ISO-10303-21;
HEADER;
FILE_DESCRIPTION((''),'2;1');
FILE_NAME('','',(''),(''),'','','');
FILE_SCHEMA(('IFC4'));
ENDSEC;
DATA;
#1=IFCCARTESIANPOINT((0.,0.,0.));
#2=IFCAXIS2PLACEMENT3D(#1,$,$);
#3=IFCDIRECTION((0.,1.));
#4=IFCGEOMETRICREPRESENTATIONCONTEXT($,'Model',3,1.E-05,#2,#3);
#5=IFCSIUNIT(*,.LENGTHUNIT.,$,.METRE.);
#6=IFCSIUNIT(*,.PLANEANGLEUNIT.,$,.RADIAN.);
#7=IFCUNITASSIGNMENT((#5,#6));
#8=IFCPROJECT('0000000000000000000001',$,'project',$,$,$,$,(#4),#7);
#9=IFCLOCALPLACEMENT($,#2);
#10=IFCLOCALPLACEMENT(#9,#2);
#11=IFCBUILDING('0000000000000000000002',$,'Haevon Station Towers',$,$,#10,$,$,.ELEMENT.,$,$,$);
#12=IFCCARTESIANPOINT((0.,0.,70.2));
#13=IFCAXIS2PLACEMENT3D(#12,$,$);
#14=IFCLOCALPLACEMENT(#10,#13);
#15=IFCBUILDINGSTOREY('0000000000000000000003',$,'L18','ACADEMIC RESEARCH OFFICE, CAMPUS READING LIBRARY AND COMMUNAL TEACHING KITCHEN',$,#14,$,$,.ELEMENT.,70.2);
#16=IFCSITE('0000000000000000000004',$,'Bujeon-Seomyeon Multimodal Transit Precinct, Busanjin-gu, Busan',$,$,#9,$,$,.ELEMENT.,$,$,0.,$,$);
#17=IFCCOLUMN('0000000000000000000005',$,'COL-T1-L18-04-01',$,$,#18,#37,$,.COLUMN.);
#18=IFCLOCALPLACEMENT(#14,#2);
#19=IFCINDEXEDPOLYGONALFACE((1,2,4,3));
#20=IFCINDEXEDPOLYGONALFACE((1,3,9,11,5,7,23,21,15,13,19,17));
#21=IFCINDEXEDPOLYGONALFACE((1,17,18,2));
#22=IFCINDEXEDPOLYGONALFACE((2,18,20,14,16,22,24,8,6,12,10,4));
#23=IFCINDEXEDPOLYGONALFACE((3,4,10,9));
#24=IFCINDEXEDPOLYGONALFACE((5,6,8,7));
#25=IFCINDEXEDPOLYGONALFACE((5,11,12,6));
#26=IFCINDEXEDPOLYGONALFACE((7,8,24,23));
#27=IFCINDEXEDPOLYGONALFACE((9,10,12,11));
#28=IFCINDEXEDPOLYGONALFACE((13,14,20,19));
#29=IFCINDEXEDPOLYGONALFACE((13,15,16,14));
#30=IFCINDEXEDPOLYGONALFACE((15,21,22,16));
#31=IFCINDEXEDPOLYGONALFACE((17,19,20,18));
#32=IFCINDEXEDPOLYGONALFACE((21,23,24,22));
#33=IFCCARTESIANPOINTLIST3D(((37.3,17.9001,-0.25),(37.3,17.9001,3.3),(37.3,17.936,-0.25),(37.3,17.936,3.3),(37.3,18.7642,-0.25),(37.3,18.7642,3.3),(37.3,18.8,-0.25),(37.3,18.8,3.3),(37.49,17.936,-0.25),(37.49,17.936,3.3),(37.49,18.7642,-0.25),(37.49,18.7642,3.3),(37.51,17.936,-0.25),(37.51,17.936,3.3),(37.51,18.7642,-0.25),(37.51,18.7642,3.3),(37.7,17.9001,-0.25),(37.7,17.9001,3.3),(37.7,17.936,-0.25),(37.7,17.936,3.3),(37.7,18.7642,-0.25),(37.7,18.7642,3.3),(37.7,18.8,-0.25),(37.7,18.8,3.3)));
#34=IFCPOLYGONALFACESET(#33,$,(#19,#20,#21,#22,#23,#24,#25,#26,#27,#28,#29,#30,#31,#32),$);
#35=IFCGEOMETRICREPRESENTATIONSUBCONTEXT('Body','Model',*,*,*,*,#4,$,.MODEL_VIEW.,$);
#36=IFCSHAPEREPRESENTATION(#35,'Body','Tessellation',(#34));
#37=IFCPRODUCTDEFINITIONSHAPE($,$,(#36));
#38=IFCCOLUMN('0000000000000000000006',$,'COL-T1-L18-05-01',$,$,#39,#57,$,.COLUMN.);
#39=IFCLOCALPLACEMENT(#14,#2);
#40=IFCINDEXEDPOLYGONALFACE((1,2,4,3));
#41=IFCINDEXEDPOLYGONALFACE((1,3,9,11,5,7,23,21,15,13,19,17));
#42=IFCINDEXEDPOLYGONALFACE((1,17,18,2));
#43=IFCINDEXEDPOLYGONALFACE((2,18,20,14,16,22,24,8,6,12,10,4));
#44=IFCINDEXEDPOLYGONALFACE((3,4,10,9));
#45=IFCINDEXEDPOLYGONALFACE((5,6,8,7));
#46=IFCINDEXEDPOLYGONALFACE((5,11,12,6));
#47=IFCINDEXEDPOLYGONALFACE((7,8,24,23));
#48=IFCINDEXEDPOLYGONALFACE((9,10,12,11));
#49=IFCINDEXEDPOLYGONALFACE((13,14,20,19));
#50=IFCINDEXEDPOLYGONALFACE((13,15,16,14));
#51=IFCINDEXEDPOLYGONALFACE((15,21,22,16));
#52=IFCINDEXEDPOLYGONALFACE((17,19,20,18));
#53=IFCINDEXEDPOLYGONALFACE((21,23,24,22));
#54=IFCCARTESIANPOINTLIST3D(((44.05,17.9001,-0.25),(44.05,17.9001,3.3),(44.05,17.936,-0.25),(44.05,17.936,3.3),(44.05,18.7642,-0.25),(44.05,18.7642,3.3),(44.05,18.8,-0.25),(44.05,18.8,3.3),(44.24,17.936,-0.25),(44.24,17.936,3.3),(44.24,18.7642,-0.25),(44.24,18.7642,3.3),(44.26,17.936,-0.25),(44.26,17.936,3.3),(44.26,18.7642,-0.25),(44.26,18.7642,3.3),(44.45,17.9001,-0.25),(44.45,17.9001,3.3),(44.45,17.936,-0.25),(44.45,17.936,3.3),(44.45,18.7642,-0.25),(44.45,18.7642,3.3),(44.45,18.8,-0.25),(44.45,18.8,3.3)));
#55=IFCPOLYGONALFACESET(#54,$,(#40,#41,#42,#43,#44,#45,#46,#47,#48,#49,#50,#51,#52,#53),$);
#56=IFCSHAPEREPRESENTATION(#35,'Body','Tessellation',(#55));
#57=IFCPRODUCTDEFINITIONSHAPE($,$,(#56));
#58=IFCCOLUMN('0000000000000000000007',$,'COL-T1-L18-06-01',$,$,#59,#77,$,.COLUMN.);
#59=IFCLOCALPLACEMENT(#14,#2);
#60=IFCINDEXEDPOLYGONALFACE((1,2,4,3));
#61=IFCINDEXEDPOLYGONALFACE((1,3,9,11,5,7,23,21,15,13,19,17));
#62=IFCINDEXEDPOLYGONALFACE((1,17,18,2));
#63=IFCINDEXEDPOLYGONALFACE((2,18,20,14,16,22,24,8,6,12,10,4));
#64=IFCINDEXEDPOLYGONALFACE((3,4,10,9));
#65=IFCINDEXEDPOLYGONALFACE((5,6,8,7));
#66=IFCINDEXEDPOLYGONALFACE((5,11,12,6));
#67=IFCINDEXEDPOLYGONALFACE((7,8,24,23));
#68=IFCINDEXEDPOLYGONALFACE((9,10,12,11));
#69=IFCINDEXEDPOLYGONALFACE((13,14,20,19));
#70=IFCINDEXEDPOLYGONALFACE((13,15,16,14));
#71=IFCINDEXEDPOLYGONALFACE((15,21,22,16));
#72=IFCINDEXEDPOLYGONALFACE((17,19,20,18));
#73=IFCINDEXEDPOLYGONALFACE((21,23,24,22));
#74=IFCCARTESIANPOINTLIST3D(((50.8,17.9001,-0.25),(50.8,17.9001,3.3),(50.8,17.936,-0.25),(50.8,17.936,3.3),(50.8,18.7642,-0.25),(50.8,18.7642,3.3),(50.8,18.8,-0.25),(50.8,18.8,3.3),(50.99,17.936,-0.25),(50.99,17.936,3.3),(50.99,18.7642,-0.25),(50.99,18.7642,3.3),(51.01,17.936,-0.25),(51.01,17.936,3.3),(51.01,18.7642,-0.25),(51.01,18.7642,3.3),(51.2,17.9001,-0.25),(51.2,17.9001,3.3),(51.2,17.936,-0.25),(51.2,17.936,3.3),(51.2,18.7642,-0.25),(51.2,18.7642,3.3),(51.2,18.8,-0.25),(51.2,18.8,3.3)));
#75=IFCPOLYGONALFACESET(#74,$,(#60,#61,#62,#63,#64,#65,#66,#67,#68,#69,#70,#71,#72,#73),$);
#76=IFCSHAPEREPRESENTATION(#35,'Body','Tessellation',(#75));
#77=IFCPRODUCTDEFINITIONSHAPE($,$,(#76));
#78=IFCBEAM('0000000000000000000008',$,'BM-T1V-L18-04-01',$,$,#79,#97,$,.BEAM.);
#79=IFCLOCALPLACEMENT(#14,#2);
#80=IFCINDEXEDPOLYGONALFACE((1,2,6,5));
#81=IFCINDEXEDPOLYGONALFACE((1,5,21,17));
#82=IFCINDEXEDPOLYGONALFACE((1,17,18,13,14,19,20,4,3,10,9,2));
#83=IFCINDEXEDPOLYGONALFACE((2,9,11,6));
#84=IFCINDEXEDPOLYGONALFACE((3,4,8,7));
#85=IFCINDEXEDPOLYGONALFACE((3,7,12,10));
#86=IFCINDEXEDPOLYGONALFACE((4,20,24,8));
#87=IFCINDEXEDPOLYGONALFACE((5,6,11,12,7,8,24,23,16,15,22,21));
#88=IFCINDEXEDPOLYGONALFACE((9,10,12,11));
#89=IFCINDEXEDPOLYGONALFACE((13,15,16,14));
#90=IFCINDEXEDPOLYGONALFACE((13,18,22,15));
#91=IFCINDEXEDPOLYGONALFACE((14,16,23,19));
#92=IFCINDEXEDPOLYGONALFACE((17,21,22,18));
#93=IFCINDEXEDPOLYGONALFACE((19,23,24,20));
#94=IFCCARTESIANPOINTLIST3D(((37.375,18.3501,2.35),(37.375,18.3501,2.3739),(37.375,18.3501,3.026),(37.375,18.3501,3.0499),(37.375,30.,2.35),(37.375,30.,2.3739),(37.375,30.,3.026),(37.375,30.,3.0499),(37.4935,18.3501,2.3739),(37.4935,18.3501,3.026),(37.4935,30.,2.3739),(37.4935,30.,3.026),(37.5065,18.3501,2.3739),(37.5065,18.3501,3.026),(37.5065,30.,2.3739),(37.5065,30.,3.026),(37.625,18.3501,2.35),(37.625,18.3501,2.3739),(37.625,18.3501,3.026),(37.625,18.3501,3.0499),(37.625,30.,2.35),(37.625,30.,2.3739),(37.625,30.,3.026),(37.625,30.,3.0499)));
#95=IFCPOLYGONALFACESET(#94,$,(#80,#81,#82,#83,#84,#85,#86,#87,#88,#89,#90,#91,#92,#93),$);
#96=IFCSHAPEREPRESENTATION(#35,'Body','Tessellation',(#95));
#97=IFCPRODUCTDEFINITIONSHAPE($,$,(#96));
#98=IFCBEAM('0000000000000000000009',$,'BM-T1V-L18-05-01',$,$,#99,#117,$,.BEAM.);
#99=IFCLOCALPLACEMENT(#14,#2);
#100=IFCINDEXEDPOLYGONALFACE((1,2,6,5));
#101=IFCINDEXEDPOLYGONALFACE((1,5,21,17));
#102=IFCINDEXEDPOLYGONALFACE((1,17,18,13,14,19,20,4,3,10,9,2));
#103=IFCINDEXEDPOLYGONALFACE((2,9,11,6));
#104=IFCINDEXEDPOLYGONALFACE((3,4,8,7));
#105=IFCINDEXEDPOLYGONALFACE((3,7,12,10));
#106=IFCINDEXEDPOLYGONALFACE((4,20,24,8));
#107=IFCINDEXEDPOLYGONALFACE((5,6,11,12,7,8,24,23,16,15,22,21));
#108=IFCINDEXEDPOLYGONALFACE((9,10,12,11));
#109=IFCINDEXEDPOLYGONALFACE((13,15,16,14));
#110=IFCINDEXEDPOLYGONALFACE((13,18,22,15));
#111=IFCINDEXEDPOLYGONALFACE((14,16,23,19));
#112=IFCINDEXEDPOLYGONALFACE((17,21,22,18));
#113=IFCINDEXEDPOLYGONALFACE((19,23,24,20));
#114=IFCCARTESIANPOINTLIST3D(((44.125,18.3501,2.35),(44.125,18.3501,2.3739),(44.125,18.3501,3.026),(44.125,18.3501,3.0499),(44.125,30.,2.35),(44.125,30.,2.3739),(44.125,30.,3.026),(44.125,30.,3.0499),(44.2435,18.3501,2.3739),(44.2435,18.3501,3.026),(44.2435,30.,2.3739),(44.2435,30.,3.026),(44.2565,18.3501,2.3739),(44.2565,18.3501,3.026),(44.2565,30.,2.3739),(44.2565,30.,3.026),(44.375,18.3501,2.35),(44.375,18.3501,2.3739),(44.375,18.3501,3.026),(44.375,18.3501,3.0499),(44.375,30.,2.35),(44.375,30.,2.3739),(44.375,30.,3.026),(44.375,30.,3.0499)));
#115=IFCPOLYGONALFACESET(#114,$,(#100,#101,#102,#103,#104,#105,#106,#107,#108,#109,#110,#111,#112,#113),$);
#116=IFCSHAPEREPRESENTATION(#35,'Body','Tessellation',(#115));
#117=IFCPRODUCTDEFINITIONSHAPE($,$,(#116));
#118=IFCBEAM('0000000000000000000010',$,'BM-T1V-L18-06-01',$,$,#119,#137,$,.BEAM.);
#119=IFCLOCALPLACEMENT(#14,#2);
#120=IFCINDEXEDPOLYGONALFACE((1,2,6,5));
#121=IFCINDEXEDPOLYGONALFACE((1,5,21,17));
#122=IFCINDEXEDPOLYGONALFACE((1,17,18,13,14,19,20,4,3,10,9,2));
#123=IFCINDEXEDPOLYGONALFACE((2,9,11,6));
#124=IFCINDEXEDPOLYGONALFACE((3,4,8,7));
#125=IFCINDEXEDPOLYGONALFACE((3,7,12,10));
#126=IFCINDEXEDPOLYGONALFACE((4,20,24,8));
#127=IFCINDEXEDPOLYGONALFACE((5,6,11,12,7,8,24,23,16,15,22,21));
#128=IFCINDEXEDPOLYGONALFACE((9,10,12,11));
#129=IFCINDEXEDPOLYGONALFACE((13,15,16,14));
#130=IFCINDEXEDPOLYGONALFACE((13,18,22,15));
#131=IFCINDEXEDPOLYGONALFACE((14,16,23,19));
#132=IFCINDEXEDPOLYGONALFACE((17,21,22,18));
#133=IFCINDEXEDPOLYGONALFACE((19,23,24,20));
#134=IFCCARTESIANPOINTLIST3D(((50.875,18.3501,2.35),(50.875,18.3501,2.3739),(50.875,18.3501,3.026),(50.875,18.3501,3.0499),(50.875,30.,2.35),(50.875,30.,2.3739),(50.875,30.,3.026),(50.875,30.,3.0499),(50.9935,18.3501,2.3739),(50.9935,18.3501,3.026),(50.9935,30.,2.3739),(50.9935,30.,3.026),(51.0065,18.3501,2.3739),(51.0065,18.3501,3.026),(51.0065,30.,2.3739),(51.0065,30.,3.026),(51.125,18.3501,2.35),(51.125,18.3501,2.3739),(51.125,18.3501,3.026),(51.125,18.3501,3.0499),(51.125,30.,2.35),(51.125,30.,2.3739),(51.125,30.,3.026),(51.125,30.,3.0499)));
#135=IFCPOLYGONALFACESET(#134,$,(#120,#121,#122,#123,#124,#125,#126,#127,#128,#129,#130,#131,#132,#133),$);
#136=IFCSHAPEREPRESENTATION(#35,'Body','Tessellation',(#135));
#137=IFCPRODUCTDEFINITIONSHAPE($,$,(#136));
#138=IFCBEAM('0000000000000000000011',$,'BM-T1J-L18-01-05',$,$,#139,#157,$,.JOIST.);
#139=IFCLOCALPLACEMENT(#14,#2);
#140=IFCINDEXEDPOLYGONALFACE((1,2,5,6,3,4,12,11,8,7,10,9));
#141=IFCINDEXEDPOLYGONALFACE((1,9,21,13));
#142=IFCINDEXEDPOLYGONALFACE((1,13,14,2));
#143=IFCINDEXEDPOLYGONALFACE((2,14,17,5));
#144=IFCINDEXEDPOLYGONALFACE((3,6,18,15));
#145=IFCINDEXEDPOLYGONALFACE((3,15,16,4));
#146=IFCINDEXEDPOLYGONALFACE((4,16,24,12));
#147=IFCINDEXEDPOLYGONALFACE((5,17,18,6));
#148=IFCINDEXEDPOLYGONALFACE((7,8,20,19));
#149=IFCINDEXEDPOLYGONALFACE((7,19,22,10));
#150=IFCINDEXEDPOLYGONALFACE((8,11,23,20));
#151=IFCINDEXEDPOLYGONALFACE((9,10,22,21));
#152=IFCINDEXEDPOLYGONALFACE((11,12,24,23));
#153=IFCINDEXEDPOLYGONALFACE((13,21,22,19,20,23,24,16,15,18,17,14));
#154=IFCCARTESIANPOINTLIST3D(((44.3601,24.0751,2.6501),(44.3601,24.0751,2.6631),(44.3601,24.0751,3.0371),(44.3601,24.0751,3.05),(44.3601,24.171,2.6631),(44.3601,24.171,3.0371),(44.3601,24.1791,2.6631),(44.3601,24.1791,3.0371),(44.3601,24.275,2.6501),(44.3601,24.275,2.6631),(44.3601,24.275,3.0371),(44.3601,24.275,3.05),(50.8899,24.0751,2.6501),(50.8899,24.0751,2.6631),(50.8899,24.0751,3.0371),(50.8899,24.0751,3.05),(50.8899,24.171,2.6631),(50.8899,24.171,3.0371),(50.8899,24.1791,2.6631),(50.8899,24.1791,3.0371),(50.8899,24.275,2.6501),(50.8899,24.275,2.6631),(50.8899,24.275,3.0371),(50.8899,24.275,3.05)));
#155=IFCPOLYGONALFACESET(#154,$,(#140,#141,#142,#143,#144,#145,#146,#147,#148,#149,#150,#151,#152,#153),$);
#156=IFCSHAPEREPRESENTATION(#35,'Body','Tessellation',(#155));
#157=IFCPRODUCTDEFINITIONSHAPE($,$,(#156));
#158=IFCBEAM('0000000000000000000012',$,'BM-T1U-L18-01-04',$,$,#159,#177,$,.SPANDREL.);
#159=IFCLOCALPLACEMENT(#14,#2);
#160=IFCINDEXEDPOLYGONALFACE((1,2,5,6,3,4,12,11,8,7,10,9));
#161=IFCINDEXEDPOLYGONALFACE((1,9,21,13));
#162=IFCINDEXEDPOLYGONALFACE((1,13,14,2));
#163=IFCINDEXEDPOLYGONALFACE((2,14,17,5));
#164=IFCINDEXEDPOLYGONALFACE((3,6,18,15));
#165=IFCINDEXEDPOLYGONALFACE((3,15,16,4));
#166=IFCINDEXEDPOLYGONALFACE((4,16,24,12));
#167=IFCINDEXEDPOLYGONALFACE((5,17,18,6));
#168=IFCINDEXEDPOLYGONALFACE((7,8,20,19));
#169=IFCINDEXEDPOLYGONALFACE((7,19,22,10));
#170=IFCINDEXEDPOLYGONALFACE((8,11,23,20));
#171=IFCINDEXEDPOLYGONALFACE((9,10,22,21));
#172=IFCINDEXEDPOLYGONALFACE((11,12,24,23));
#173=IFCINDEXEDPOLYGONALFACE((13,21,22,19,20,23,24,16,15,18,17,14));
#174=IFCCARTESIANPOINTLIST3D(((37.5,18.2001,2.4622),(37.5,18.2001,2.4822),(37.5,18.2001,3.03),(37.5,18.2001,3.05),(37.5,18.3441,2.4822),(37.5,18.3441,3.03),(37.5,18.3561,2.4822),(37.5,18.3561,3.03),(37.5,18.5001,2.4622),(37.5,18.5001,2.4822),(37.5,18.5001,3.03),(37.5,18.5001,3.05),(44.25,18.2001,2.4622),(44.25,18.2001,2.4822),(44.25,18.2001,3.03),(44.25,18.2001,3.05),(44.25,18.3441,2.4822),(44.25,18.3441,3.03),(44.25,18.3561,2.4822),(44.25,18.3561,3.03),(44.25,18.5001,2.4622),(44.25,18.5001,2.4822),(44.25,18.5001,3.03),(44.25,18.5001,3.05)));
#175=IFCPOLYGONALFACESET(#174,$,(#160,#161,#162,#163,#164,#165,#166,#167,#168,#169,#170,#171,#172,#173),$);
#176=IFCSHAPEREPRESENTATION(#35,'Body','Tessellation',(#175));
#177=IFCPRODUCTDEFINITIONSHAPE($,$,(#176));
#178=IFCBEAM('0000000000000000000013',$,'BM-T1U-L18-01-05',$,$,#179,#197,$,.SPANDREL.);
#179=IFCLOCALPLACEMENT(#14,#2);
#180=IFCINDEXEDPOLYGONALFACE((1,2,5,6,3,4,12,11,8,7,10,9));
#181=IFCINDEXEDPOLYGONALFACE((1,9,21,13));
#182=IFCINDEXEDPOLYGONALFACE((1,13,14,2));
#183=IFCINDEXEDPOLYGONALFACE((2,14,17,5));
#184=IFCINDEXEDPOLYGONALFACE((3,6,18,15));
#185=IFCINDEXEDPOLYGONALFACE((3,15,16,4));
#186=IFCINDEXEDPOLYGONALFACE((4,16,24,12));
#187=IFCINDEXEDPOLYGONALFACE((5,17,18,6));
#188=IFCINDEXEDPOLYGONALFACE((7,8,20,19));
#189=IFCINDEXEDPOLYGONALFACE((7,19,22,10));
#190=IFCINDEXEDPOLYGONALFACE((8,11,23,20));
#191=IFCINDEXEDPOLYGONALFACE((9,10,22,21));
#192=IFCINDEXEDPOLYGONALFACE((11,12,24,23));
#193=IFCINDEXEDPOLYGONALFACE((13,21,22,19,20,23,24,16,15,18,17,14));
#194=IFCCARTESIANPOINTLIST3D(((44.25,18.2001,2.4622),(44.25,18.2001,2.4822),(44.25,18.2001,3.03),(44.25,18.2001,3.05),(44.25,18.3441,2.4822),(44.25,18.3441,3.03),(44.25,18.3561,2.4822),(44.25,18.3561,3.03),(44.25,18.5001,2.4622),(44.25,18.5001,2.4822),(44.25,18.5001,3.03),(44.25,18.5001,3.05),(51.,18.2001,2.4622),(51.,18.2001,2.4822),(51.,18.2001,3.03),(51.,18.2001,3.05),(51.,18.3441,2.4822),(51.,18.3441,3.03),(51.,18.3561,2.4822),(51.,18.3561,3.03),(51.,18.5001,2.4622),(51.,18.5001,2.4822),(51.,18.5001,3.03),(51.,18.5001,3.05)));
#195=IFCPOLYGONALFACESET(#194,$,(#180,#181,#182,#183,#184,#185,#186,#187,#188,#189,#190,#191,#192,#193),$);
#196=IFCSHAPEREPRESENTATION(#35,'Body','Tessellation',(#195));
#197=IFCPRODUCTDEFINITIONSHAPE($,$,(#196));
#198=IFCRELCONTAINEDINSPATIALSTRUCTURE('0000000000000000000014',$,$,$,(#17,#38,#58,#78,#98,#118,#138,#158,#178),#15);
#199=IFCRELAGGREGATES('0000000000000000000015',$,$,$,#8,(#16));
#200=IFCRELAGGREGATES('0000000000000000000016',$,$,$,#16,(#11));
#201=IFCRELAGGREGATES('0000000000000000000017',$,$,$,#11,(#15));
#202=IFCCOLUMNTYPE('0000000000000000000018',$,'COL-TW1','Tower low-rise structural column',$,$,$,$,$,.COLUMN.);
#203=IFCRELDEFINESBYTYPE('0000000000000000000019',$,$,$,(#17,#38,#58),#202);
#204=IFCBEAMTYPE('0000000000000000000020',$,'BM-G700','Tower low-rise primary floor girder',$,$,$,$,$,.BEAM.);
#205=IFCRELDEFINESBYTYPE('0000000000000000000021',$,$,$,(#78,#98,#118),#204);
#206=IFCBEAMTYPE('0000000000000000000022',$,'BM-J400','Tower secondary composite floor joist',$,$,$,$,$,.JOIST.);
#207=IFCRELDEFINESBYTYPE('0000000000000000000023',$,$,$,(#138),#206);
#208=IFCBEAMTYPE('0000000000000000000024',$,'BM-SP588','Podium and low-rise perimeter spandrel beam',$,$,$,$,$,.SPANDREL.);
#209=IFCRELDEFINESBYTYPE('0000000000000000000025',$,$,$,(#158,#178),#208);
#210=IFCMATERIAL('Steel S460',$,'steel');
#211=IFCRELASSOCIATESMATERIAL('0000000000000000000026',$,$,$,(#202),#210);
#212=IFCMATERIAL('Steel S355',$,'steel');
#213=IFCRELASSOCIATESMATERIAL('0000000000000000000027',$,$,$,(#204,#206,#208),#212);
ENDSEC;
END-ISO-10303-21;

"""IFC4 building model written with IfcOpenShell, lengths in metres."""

from ifc_helpers import new_model, si_unit, direction, frame, origin, origin_2d, place, context, subcontext, project, spatial, i_section, extrude, material, material_profile, profile_set, type_object, element, save


model = new_model("IFC4")

# Units and contexts
model_context = context("Model", 3, precision=1e-05, world=origin(), true_north=direction((0.0, 1.0)))
body_context = subcontext(model_context, "Body", "Model", "MODEL_VIEW")
ifc_project = project(units=[si_unit("LENGTHUNIT", "METRE"), si_unit("PLANEANGLEUNIT", "RADIAN")], contexts=[model_context])

# Site, building, storey
site_placement = place(None, origin())
site = spatial("IfcSite", under=ifc_project, at=site_placement, Name="Bujeon-Seomyeon Multimodal Transit Precinct, Busanjin-gu, Busan", CompositionType="ELEMENT", RefElevation=0.0)
building_placement = place(site_placement, origin())
building = spatial("IfcBuilding", under=site, at=building_placement, Name="Haevon Station Towers", CompositionType="ELEMENT")
storey_placement = place(building_placement, frame((0.0, 0.0, 70.2)))
storey = spatial("IfcBuildingStorey", under=building, at=storey_placement, Name="L18", Description="ACADEMIC RESEARCH OFFICE, CAMPUS READING LIBRARY AND COMMUNAL TEACHING KITCHEN", CompositionType="ELEMENT", Elevation=70.2)

# Columns
ifc_material_1 = material(Name="Steel S460", Category="steel")
ifc_material_profile_1 = material_profile(ifc_material_1, i_section(OverallWidth=0.3999, OverallDepth=0.8999, WebThickness=0.02, FlangeThickness=0.0359, at=origin_2d()), Name="H-900x400x20x36")
ifc_profile_set_1 = profile_set([ifc_material_profile_1], Name="Steel S460")
column_type = type_object("IfcColumnType", Name="COL-TW1", Description="Tower low-rise structural column", PredefinedType="COLUMN", material=ifc_profile_set_1)
for number, where, z_axis, x_axis, name in (
    (1, (37.5, 18.3501, -0.25), (0.0, 0.0, 1.0), (1.0, 0.0, 0.0), "COL-T1-L18-04-01"),
    (2, (44.25, 18.3501, -0.25), (0.0, 0.0, 1.0), (1.0, 0.0, 0.0), "COL-T1-L18-05-01"),
    (3, (51.0, 18.3501, -0.25), (0.0, 0.0, 1.0), (1.0, 0.0, 0.0), "COL-T1-L18-06-01"),
):
    element("IfcColumn", number, at=place(storey_placement, frame(where, z_axis=z_axis, x_axis=x_axis)), inside=storey, type_object=column_type, Name=name, PredefinedType="COLUMN", context=body_context, shape_type="SweptSolid", body=[
        extrude(i_section(OverallWidth=0.3999, OverallDepth=0.8999, WebThickness=0.02, FlangeThickness=0.0359, at=origin_2d()), origin(), (0.0, 0.0, 1.0), 3.55),
    ])

# Beams
ifc_material_2 = material(Name="Steel S355", Category="steel")
ifc_material_profile_2 = material_profile(ifc_material_2, i_section(OverallWidth=0.25, OverallDepth=0.7, WebThickness=0.0129, FlangeThickness=0.0239, at=origin_2d()), Name="H-700x250x13x24")
ifc_profile_set_2 = profile_set([ifc_material_profile_2], Name="Steel S355")
beam_type_1 = type_object("IfcBeamType", Name="BM-G700", Description="Tower low-rise primary floor girder", PredefinedType="BEAM", material=ifc_profile_set_2)
for number, where, z_axis, x_axis, name in (
    (4, (37.5, 18.3501, 2.7), (0.0, 1.0, 0.0), (-1.0, 0.0, 0.0), "BM-T1V-L18-04-01"),
    (5, (44.25, 18.3501, 2.7), (0.0, 1.0, 0.0), (-1.0, 0.0, 0.0), "BM-T1V-L18-05-01"),
    (6, (51.0, 18.3501, 2.7), (0.0, 1.0, 0.0), (-1.0, 0.0, 0.0), "BM-T1V-L18-06-01"),
):
    element("IfcBeam", number, at=place(storey_placement, frame(where, z_axis=z_axis, x_axis=x_axis)), inside=storey, type_object=beam_type_1, Name=name, PredefinedType="BEAM", context=body_context, shape_type="SweptSolid", body=[
        extrude(i_section(OverallWidth=0.25, OverallDepth=0.7, WebThickness=0.0129, FlangeThickness=0.0239, at=origin_2d()), origin(), (0.0, 0.0, 1.0), 11.6499),
    ])
ifc_material_profile_3 = material_profile(ifc_material_2, i_section(OverallWidth=0.2, OverallDepth=0.3999, WebThickness=0.0081, FlangeThickness=0.0129, at=origin_2d()), Name="H-400x200x8x13")
ifc_profile_set_3 = profile_set([ifc_material_profile_3], Name="Steel S355")
beam_type_2 = type_object("IfcBeamType", Name="BM-J400", Description="Tower secondary composite floor joist", PredefinedType="JOIST", material=ifc_profile_set_3)
beam_1_placement = place(storey_placement, frame((44.3601, 24.175, 2.8501), z_axis=(1.0, 0.0, 0.0), x_axis=(0.0, 1.0, 0.0)))
element("IfcBeam", 7, at=beam_1_placement, inside=storey, type_object=beam_type_2, Name="BM-T1J-L18-01-05", PredefinedType="JOIST", context=body_context, shape_type="SweptSolid", body=[
    extrude(i_section(OverallWidth=0.2, OverallDepth=0.3999, WebThickness=0.0081, FlangeThickness=0.0129, at=origin_2d()), origin(), (0.0, 0.0, 1.0), 6.5298),
])
ifc_material_profile_4 = material_profile(ifc_material_2, i_section(OverallWidth=0.3, OverallDepth=0.5879, WebThickness=0.012, FlangeThickness=0.02, at=origin_2d()), Name="H-588x300x12x20")
ifc_profile_set_4 = profile_set([ifc_material_profile_4], Name="Steel S355")
beam_type_3 = type_object("IfcBeamType", Name="BM-SP588", Description="Podium and low-rise perimeter spandrel beam", PredefinedType="SPANDREL", material=ifc_profile_set_4)
for number, where, z_axis, x_axis, name in (
    (8, (37.5, 18.3501, 2.7561), (1.0, 0.0, 0.0), (0.0, 1.0, 0.0), "BM-T1U-L18-01-04"),
    (9, (44.25, 18.3501, 2.7561), (1.0, 0.0, 0.0), (0.0, 1.0, 0.0), "BM-T1U-L18-01-05"),
):
    element("IfcBeam", number, at=place(storey_placement, frame(where, z_axis=z_axis, x_axis=x_axis)), inside=storey, type_object=beam_type_3, Name=name, PredefinedType="SPANDREL", context=body_context, shape_type="SweptSolid", body=[
        extrude(i_section(OverallWidth=0.3, OverallDepth=0.5879, WebThickness=0.012, FlangeThickness=0.02, at=origin_2d()), origin(), (0.0, 0.0, 1.0), 6.75),
    ])

save(model, "model.ifc")
